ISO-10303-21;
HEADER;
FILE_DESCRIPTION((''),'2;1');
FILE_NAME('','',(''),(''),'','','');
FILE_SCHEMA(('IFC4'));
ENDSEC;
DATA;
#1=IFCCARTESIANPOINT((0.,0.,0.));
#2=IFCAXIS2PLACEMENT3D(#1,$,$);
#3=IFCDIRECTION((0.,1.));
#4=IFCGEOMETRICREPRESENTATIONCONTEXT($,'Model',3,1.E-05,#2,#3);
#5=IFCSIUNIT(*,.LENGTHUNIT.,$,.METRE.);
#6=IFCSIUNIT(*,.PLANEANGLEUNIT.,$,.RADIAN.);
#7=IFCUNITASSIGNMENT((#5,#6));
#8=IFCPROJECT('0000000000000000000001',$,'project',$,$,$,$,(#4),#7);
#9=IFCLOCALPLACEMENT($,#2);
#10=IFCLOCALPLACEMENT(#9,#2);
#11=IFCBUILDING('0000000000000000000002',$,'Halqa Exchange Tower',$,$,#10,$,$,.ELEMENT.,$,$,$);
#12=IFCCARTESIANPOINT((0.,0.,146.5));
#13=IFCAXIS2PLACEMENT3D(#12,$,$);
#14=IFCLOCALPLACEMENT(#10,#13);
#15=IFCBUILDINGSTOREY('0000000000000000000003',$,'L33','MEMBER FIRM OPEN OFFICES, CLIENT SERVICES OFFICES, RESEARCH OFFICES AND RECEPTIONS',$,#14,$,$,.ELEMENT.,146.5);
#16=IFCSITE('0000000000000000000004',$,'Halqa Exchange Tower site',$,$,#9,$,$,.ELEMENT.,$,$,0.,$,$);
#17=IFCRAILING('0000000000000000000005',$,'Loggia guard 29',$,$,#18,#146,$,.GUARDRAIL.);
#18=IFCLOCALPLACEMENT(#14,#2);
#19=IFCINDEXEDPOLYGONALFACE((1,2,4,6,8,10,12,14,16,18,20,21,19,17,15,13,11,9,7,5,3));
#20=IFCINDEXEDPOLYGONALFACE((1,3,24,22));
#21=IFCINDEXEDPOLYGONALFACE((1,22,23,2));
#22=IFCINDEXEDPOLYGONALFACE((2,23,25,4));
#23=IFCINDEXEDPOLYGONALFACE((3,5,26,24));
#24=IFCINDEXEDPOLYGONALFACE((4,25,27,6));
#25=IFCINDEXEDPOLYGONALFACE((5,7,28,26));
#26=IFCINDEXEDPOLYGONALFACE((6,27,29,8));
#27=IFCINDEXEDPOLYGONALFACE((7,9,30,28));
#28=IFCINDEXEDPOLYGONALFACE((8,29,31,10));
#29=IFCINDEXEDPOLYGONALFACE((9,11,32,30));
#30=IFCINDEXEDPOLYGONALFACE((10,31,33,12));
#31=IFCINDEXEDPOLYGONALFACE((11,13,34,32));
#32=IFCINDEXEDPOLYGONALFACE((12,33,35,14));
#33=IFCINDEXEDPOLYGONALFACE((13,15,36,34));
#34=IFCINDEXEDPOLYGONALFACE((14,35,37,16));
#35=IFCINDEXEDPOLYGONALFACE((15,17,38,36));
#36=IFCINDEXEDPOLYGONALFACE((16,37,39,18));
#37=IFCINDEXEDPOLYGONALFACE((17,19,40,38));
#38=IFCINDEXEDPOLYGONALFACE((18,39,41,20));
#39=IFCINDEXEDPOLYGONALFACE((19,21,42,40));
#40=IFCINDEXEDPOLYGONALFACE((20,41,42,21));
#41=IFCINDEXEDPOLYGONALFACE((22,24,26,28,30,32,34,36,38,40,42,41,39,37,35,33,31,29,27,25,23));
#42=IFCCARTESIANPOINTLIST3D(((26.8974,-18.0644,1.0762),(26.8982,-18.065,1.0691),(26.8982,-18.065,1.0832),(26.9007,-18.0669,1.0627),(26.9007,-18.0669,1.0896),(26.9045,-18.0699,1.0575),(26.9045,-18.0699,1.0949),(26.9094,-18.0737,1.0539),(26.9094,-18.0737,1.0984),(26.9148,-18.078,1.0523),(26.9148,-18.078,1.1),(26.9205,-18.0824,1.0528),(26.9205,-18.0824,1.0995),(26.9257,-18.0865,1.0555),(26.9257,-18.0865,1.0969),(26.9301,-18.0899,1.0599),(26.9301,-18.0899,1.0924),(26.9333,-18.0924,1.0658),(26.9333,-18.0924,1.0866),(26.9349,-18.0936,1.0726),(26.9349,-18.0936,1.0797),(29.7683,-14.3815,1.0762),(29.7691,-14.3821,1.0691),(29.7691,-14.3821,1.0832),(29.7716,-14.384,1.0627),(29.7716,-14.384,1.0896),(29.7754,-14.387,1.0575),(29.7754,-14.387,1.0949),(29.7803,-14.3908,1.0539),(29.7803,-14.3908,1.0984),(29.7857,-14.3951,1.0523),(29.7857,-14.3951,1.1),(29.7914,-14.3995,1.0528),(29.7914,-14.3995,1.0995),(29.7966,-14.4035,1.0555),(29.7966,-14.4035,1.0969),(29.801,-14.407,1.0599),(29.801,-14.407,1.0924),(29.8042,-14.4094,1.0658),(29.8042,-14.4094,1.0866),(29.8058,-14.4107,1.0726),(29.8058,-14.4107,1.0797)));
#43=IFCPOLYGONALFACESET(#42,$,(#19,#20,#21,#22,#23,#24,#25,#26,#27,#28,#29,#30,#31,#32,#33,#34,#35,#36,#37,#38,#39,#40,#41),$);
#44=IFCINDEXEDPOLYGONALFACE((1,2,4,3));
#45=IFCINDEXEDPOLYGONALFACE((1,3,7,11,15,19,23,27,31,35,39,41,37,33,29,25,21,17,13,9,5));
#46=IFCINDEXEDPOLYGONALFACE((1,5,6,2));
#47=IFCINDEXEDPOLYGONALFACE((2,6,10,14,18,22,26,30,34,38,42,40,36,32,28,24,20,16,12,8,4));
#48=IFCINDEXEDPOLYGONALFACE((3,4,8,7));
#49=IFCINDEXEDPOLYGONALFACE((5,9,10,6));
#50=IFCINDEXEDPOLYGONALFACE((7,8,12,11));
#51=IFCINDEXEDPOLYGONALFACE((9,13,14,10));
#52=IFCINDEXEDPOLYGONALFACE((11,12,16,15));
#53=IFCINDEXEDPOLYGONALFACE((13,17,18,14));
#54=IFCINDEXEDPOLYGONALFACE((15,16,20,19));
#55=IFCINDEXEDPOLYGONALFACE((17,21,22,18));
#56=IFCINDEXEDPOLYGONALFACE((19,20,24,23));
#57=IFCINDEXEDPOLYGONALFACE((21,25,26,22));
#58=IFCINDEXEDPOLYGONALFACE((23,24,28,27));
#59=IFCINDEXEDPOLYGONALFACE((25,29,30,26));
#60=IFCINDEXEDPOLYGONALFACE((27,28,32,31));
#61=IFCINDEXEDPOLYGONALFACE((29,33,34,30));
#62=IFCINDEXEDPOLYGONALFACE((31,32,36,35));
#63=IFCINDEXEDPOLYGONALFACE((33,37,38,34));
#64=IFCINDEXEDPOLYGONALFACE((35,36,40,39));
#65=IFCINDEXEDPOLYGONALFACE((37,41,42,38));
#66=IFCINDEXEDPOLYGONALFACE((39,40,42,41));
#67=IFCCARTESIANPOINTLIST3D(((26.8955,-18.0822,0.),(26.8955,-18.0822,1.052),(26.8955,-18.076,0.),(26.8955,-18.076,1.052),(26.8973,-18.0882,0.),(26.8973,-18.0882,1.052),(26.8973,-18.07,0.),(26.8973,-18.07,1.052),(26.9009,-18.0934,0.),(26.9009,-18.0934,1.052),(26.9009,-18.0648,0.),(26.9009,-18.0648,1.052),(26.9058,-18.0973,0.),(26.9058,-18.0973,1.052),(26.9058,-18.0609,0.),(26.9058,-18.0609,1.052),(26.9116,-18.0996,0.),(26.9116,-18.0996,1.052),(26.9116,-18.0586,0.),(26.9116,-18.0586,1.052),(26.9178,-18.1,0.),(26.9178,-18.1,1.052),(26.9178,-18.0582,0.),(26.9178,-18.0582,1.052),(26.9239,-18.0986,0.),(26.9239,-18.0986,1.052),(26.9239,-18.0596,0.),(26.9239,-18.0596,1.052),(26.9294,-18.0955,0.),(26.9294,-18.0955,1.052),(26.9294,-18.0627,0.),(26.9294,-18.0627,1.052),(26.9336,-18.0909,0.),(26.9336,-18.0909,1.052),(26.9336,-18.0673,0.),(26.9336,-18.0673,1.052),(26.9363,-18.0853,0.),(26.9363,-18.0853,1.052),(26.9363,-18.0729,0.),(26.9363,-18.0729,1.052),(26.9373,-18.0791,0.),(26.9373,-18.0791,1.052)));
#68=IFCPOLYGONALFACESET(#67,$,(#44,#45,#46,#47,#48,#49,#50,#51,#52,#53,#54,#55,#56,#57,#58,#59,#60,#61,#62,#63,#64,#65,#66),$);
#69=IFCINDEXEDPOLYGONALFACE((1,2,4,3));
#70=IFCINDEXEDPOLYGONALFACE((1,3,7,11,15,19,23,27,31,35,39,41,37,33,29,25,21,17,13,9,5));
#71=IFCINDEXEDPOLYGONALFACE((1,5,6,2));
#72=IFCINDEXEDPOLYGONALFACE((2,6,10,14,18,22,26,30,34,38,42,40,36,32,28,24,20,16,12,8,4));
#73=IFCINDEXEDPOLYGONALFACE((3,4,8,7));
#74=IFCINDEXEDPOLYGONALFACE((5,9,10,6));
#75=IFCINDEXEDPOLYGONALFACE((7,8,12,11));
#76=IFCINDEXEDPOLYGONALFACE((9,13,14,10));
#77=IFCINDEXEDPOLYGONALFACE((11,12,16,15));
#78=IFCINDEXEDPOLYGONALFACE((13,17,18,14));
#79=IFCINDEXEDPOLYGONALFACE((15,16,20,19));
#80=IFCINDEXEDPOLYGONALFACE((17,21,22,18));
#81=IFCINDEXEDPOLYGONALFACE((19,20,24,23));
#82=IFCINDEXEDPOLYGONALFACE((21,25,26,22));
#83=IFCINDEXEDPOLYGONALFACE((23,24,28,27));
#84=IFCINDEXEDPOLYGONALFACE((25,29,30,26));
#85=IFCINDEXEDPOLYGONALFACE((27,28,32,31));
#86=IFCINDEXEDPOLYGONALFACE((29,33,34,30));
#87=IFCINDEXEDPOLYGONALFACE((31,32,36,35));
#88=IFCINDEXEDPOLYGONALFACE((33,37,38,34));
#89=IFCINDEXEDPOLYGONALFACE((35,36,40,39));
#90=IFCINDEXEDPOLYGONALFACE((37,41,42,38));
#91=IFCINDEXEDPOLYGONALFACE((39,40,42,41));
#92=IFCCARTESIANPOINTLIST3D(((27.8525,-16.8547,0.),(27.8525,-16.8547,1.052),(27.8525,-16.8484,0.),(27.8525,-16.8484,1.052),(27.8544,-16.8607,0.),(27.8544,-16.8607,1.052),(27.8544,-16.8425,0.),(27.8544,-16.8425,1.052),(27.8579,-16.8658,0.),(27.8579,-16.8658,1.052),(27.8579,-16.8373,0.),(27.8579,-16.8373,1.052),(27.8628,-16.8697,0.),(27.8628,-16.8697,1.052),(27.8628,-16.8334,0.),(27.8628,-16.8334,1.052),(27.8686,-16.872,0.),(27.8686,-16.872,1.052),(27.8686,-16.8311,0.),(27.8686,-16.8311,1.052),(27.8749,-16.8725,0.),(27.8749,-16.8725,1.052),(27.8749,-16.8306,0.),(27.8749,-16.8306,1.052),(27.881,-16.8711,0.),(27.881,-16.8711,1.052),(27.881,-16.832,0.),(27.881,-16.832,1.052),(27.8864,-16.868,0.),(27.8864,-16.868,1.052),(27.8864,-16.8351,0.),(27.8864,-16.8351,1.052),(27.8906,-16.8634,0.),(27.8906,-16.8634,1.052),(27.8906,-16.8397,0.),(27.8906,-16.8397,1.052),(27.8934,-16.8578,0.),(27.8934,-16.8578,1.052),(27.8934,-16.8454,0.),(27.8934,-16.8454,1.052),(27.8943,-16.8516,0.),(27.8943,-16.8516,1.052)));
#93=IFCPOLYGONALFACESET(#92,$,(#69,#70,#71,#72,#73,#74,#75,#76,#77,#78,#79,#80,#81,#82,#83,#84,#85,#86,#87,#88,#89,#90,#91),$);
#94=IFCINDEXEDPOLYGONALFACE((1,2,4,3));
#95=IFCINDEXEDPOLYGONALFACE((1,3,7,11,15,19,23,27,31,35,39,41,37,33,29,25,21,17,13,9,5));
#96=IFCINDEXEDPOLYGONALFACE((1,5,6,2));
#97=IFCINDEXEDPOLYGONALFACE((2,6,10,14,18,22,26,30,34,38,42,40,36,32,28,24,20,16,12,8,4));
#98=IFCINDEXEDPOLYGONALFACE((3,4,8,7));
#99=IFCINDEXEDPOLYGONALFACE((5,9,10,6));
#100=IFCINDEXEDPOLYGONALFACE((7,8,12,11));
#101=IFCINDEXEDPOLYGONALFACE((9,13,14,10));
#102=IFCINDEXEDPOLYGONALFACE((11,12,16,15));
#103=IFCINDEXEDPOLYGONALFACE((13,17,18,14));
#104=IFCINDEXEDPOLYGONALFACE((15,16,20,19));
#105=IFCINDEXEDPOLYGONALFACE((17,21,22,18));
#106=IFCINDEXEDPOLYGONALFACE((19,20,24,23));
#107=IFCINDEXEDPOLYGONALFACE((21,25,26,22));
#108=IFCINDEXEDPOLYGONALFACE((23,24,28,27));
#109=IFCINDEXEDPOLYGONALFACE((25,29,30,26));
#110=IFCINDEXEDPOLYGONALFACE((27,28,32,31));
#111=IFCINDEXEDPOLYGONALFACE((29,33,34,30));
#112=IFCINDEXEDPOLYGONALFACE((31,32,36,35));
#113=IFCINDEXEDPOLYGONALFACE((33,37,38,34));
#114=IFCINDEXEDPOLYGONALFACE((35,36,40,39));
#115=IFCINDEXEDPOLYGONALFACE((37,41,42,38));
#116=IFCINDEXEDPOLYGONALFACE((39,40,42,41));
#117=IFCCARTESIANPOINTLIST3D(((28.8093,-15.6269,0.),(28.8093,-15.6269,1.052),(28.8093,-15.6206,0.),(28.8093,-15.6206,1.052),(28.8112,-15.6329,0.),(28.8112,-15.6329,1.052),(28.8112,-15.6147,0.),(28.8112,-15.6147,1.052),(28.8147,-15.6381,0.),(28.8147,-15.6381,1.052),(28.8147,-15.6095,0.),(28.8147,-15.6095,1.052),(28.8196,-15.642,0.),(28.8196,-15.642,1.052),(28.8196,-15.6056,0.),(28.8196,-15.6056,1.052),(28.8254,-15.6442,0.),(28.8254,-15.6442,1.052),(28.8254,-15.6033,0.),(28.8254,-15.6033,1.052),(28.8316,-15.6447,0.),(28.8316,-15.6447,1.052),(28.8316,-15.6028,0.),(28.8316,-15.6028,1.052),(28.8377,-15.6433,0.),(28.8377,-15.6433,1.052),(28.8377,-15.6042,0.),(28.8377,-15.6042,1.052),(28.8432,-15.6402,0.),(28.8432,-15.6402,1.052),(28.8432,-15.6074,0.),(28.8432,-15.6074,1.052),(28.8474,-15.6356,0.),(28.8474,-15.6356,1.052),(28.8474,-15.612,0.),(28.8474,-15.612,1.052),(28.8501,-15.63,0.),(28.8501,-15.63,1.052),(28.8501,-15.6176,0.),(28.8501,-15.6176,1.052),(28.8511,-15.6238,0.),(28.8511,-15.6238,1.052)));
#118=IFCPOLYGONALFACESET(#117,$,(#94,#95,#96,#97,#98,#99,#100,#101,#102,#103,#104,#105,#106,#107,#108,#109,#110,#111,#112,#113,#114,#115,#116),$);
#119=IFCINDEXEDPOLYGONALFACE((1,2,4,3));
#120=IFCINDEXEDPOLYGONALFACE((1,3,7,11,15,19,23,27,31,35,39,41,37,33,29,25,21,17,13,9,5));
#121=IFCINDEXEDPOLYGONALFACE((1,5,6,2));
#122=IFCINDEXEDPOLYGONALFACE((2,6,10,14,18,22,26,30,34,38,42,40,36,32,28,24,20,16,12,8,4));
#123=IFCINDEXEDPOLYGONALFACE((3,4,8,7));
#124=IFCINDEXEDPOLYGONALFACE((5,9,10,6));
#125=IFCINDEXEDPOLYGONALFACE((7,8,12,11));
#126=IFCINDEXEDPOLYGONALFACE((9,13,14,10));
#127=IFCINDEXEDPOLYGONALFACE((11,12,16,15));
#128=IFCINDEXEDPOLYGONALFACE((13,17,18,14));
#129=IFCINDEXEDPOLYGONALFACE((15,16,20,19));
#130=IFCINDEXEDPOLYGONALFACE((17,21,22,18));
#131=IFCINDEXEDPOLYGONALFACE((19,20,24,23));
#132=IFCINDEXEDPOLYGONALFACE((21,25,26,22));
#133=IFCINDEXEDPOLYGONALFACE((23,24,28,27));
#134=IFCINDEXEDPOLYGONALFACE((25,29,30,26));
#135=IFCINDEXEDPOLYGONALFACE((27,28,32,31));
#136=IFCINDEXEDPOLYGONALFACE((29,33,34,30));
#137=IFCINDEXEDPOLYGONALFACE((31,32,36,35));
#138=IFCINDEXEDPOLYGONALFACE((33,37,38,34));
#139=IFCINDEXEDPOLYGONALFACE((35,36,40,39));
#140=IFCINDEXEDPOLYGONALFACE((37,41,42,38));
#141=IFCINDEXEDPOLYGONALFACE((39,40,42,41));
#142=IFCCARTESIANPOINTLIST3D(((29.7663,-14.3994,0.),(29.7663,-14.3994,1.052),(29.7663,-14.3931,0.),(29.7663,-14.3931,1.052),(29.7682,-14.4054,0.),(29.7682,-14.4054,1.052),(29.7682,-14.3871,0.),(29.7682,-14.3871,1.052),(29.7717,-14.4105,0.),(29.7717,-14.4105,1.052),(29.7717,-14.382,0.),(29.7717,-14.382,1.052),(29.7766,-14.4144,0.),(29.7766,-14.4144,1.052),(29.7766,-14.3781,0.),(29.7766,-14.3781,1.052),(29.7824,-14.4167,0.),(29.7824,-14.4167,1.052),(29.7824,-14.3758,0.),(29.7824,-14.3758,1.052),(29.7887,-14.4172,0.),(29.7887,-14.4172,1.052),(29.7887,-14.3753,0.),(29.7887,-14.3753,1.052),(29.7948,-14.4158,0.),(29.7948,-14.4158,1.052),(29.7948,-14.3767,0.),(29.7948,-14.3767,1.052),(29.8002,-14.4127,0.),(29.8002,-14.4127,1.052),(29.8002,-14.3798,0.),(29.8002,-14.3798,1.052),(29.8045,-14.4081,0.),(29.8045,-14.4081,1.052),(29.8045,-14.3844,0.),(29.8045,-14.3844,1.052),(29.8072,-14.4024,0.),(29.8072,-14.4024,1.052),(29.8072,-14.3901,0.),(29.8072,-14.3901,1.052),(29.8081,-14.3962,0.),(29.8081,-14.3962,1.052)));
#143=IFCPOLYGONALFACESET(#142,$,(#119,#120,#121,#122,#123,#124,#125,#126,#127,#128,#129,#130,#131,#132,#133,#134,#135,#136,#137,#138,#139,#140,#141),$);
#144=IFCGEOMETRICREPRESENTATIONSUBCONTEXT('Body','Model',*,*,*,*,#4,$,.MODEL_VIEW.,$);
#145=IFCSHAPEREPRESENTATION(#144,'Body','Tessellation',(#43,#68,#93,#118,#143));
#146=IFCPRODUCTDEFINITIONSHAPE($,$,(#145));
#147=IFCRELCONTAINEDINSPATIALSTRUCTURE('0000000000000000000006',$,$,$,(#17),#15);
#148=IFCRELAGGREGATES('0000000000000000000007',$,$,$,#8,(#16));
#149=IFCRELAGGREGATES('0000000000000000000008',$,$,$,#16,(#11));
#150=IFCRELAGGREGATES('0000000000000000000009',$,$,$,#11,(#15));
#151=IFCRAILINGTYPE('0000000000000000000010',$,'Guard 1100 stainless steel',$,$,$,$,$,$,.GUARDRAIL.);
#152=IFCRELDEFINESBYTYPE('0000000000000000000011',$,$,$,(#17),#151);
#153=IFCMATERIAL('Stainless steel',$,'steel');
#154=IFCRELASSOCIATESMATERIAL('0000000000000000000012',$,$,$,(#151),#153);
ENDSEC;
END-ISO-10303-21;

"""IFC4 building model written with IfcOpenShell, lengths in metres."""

from ifc_helpers import new_model, si_unit, direction, frame, origin, origin_2d, place, context, subcontext, project, spatial, circle, extrude, material, type_object, element, save


model = new_model("IFC4")

# Units and contexts
model_context = context("Model", 3, precision=1e-05, world=origin(), true_north=direction((0.0, 1.0)))
body_context = subcontext(model_context, "Body", "Model", "MODEL_VIEW")
ifc_project = project(units=[si_unit("LENGTHUNIT", "METRE"), si_unit("PLANEANGLEUNIT", "RADIAN")], contexts=[model_context])

# Site, building, storey
site_placement = place(None, origin())
site = spatial("IfcSite", under=ifc_project, at=site_placement, Name="Halqa Exchange Tower site", CompositionType="ELEMENT", RefElevation=0.0)
building_placement = place(site_placement, origin())
building = spatial("IfcBuilding", under=site, at=building_placement, Name="Halqa Exchange Tower", CompositionType="ELEMENT")
storey_placement = place(building_placement, frame((0.0, 0.0, 146.5)))
storey = spatial("IfcBuildingStorey", under=building, at=storey_placement, Name="L33", Description="MEMBER FIRM OPEN OFFICES, CLIENT SERVICES OFFICES, RESEARCH OFFICES AND RECEPTIONS", CompositionType="ELEMENT", Elevation=146.5)

# Railing
ifc_material_1 = material(Name="Stainless steel", Category="steel")
railing_type = type_object("IfcRailingType", Name="Guard 1100 stainless steel", PredefinedType="GUARDRAIL", material=ifc_material_1)
railing_1_placement = place(storey_placement, frame((26.9163, -18.0791, 0.0)))
element("IfcRailing", 1, at=railing_1_placement, inside=storey, type_object=railing_type, Name="Loggia guard 29", PredefinedType="GUARDRAIL", context=body_context, shape_type="SweptSolid", body=[
    extrude(circle(Radius=0.0239, at=origin_2d()), frame((0.0, 0.0, 1.0762), z_axis=(0.614794, 0.788687, 0.0), x_axis=(-0.788687, 0.614794, 0.0)), (0.0, 0.0, 1.0), 4.6697),
    extrude(circle(Radius=0.021, at=origin_2d()), origin(), (0.0, 0.0, 1.0), 1.052),
    extrude(circle(Radius=0.021, at=origin_2d()), frame((0.957, 1.2275, 0.0)), (0.0, 0.0, 1.0), 1.052),
    extrude(circle(Radius=0.021, at=origin_2d()), frame((1.9138, 2.4553, 0.0)), (0.0, 0.0, 1.0), 1.052),
    extrude(circle(Radius=0.021, at=origin_2d()), frame((2.8708, 3.6829, 0.0)), (0.0, 0.0, 1.0), 1.052),
])

save(model, "model.ifc")
